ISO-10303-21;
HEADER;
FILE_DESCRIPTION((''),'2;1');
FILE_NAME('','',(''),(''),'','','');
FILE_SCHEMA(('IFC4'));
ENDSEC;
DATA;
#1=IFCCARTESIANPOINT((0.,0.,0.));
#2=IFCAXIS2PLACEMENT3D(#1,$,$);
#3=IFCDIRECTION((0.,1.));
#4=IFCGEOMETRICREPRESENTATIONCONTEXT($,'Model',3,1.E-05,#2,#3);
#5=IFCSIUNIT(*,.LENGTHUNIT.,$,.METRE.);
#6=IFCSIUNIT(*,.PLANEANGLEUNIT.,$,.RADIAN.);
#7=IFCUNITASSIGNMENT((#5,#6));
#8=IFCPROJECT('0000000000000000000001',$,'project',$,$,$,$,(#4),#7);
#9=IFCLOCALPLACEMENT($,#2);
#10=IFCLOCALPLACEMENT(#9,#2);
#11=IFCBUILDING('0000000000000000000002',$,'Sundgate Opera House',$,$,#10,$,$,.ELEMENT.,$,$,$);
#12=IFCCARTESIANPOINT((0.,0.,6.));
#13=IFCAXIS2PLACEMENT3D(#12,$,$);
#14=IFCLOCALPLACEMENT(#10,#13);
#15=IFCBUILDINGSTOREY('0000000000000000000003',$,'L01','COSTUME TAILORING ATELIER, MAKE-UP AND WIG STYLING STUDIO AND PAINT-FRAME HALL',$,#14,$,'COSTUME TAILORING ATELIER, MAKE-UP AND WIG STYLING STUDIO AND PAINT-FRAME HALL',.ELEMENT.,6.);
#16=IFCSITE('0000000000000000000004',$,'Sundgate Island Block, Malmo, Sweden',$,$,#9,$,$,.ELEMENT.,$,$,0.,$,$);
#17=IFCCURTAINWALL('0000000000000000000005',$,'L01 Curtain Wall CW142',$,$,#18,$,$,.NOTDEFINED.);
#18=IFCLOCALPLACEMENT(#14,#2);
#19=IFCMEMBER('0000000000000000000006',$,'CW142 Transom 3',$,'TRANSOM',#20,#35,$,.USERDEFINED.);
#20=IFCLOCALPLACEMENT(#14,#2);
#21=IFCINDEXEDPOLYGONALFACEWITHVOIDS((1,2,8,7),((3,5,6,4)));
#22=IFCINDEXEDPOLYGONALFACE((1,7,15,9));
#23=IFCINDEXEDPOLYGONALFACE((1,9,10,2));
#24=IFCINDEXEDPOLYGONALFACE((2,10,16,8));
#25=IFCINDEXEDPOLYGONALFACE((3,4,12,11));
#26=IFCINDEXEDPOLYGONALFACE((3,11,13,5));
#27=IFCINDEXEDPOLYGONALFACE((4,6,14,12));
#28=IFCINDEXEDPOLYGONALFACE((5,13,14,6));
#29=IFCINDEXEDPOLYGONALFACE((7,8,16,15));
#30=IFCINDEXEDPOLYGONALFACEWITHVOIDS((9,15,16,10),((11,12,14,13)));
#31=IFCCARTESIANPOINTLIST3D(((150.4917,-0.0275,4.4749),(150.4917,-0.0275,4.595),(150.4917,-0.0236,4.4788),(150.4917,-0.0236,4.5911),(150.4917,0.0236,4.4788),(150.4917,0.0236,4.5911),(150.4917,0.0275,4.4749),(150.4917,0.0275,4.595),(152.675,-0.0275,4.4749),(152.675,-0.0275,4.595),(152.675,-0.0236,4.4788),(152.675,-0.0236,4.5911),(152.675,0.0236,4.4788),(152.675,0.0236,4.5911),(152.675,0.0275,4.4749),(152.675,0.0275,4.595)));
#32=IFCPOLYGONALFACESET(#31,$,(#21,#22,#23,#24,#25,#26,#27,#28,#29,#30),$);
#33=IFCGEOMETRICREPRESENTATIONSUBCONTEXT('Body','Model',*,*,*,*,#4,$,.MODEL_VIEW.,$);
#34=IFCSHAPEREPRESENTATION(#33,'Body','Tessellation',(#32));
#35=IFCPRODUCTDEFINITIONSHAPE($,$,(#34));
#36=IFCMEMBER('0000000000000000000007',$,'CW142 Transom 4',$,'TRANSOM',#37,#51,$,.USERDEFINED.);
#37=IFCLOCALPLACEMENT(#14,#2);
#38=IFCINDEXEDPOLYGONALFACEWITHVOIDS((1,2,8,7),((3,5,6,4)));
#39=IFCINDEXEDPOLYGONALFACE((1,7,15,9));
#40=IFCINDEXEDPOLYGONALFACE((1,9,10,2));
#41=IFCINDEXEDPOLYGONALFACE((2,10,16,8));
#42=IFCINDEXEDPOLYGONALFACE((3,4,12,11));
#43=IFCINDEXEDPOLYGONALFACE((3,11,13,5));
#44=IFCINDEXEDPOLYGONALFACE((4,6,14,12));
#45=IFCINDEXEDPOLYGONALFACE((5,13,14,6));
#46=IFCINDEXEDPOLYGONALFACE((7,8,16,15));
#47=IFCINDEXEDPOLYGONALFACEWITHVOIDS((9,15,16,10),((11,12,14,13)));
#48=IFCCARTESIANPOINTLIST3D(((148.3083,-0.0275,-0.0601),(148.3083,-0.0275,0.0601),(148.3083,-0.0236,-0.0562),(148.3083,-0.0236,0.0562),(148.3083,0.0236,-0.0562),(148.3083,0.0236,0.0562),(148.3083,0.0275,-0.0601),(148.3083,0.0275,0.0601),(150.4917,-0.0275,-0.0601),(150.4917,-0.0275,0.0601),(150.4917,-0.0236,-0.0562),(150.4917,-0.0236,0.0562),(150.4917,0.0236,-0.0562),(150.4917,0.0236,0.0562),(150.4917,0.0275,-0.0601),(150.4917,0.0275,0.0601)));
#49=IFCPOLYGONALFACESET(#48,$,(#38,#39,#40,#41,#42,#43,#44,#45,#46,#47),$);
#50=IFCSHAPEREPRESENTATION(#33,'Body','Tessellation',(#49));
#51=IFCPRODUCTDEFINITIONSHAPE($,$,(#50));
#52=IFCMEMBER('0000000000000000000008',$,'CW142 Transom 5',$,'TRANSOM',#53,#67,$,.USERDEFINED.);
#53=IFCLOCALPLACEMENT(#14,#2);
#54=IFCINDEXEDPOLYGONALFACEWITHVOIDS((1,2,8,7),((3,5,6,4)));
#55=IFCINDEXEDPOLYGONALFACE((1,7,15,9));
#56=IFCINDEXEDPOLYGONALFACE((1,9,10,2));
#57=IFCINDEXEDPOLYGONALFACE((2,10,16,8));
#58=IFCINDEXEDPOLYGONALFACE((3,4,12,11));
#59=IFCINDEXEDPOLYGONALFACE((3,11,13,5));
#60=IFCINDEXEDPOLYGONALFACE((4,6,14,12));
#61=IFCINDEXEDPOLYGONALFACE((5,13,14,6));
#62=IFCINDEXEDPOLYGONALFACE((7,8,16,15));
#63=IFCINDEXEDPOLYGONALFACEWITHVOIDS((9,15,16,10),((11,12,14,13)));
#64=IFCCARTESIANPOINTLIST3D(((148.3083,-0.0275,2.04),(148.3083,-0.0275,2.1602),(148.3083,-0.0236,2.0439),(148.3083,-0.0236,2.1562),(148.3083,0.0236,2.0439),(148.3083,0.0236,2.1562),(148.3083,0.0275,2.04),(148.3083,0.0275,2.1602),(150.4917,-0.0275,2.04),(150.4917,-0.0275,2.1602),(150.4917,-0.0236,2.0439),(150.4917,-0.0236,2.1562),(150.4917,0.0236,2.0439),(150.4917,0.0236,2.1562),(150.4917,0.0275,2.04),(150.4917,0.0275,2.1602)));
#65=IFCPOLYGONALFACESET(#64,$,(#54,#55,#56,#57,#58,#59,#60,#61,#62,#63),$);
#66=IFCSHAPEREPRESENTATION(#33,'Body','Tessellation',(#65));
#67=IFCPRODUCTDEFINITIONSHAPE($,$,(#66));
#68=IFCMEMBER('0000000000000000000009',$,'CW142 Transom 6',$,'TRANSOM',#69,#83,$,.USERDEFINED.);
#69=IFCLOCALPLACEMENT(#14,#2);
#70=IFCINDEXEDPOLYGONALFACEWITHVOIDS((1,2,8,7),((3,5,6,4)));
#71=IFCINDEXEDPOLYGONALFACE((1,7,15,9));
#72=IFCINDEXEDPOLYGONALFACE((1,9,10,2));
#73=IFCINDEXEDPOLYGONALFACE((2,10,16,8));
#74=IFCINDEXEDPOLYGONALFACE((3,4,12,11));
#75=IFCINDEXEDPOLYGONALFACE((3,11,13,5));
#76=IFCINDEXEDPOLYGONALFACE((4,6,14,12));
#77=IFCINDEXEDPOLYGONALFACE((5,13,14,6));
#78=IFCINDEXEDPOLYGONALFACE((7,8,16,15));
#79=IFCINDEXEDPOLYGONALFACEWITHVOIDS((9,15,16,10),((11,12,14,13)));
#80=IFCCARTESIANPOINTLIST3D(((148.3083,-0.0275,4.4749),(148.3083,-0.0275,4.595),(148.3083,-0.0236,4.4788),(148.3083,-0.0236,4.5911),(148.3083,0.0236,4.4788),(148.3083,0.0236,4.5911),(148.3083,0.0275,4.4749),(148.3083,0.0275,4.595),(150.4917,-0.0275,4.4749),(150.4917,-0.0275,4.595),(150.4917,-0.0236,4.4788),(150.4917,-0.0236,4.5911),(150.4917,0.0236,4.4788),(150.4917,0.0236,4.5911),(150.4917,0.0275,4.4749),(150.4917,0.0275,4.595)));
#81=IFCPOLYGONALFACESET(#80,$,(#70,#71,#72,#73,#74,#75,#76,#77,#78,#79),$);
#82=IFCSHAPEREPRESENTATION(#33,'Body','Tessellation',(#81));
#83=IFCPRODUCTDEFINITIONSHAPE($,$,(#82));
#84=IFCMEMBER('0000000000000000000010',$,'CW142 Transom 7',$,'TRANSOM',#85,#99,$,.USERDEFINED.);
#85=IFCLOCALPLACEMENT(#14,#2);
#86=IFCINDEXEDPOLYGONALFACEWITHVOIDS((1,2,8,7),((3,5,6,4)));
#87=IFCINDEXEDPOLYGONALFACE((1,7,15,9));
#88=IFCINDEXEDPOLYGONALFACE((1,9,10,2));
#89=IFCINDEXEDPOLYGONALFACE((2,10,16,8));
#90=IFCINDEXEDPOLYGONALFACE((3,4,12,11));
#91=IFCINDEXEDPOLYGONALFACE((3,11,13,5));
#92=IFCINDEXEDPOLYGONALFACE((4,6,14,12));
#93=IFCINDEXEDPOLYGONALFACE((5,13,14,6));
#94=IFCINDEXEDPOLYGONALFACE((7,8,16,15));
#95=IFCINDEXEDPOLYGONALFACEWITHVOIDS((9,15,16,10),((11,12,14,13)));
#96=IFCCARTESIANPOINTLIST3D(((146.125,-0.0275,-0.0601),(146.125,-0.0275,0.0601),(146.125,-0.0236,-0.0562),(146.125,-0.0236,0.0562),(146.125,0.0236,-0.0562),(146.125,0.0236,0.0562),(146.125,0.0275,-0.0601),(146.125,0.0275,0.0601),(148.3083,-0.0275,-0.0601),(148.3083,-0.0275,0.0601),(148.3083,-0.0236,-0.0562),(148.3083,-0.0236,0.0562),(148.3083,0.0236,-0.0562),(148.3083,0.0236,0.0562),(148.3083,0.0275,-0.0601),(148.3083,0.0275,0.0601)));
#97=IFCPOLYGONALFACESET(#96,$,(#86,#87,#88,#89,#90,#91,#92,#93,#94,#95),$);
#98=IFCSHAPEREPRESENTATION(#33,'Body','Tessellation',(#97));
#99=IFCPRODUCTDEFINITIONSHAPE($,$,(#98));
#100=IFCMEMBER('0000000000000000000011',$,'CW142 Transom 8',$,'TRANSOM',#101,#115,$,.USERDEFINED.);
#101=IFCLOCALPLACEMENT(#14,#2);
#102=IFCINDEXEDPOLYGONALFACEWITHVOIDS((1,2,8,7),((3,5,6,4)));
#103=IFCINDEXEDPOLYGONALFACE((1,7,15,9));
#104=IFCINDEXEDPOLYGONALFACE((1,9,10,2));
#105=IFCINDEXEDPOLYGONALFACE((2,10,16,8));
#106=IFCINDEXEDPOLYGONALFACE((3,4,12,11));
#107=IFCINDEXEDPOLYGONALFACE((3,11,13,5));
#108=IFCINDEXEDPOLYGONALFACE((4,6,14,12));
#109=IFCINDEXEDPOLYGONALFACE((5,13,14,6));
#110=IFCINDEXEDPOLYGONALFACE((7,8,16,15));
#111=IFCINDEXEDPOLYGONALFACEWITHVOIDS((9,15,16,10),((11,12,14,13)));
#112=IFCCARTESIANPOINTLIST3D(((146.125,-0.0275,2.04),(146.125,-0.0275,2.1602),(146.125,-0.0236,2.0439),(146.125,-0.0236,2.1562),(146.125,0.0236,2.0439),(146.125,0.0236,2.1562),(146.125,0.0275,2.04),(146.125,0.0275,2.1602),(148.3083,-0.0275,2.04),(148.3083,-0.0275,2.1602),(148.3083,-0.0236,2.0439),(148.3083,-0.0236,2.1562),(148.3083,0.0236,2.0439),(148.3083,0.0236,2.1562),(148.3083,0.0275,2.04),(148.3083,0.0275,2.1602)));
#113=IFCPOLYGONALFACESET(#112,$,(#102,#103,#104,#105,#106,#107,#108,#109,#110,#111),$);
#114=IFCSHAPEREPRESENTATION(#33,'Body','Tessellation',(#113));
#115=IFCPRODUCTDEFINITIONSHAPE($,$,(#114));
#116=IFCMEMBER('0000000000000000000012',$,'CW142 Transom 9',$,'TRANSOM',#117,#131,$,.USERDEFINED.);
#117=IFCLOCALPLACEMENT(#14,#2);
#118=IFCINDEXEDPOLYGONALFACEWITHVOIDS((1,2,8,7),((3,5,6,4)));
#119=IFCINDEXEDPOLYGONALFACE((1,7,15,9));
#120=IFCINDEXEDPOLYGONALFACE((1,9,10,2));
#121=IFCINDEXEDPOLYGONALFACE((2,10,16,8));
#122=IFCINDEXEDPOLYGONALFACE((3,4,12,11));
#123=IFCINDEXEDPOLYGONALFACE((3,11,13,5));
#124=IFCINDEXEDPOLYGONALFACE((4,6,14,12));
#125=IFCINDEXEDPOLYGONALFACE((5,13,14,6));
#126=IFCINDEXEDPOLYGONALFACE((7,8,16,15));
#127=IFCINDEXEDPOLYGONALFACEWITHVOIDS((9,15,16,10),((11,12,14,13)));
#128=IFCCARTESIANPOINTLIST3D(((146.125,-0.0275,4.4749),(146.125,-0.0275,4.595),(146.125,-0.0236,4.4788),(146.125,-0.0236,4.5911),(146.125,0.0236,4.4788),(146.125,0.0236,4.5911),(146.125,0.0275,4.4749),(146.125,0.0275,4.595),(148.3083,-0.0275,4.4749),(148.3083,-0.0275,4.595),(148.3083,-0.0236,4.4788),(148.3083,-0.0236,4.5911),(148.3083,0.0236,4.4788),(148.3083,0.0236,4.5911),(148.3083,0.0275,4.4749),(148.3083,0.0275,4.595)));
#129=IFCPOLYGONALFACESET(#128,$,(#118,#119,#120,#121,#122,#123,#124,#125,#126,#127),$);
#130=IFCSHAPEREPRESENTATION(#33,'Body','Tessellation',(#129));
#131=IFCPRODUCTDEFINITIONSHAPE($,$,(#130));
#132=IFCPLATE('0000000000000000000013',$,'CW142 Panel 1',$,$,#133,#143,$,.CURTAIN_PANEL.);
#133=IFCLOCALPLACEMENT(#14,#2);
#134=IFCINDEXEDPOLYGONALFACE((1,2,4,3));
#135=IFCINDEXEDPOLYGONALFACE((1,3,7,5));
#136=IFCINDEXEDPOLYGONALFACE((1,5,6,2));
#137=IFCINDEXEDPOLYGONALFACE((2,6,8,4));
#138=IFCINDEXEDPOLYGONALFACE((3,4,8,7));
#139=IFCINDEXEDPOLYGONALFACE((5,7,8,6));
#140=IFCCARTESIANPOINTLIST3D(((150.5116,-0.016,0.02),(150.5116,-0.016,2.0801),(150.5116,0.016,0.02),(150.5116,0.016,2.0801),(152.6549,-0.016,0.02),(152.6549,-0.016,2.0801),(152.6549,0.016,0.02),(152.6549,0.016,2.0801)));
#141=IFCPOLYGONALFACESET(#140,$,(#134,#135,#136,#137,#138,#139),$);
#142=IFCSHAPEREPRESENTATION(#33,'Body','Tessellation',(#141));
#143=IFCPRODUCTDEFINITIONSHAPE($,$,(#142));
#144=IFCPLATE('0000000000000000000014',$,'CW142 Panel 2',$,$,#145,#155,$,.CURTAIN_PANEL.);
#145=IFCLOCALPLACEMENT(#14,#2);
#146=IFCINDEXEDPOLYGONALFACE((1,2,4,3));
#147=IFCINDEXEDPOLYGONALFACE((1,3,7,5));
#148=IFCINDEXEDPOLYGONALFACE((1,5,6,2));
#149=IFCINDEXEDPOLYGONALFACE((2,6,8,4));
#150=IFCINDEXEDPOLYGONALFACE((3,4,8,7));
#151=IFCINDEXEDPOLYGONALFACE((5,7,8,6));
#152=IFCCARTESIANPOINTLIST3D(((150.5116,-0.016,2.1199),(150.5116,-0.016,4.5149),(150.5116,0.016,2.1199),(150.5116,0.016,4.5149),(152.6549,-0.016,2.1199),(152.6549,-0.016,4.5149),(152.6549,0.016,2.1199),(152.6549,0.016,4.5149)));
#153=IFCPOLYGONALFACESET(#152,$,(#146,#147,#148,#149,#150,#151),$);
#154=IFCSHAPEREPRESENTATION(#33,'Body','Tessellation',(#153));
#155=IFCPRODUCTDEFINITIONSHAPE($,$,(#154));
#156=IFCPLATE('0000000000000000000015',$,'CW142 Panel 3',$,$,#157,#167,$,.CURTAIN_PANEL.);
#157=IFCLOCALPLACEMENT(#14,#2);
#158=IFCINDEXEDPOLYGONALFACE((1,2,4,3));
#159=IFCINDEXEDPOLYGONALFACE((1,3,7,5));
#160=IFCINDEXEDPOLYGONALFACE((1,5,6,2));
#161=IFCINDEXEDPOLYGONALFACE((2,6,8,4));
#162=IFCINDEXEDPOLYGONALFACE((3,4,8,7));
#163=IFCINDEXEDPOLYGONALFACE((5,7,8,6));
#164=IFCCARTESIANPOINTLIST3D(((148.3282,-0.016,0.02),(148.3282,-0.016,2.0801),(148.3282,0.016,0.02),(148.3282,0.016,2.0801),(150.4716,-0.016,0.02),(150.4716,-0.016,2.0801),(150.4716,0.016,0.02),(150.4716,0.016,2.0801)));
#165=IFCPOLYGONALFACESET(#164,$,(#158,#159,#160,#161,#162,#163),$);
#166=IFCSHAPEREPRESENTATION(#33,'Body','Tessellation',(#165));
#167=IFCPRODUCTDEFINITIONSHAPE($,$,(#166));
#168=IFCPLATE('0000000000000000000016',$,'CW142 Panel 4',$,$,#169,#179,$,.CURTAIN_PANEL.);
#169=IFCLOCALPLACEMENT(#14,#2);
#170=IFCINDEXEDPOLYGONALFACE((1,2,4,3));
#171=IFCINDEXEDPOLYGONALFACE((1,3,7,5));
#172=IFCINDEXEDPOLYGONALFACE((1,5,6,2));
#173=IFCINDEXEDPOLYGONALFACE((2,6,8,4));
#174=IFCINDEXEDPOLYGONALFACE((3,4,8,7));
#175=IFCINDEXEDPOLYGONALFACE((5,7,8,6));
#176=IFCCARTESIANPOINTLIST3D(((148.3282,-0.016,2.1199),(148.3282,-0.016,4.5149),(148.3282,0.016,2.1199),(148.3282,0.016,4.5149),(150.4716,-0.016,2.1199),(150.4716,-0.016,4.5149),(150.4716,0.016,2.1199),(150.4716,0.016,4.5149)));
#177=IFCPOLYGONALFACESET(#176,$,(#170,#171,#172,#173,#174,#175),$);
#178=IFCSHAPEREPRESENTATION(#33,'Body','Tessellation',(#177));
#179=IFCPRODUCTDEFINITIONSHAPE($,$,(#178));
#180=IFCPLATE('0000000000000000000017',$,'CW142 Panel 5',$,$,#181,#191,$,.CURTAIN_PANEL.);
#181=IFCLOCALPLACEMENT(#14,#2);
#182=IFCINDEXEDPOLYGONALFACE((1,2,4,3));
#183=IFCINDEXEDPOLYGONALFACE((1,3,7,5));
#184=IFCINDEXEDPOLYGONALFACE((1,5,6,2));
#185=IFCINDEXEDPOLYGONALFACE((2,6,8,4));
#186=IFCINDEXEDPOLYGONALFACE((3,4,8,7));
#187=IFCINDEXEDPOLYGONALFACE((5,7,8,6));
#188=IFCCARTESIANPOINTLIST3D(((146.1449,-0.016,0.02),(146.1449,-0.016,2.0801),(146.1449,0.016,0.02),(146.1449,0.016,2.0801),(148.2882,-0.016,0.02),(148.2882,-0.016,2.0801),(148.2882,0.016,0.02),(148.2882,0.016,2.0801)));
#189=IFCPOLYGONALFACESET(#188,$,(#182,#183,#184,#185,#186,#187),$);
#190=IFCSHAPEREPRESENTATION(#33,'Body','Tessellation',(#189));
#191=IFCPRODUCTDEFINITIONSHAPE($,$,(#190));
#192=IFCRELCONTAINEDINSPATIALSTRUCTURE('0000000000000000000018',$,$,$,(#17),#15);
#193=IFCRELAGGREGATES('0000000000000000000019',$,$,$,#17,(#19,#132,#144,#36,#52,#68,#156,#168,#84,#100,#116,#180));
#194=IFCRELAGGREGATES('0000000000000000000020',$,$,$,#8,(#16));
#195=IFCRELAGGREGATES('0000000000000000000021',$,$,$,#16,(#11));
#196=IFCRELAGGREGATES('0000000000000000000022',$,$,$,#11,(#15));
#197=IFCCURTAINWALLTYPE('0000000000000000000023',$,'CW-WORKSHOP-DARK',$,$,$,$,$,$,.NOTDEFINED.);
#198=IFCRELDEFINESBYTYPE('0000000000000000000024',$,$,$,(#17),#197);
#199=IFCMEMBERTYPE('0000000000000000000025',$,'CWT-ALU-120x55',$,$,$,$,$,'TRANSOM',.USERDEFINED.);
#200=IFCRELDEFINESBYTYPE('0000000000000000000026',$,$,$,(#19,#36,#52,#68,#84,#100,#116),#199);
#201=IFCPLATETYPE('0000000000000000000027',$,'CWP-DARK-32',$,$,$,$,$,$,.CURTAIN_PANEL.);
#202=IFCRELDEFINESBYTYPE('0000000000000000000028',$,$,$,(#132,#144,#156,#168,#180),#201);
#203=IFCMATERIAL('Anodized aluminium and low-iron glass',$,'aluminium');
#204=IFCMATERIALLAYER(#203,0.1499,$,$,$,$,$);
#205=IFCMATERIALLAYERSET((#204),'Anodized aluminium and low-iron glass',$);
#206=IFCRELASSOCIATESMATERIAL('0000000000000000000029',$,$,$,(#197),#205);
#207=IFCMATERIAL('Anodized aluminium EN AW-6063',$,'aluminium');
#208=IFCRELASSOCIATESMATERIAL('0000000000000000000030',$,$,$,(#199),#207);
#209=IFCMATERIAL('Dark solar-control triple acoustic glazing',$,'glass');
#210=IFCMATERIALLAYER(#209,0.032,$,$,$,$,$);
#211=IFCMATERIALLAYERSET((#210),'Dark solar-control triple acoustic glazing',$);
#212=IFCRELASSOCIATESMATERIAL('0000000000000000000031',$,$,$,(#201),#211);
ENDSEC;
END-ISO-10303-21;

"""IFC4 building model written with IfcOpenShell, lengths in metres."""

from ifc_helpers import new_model, si_unit, direction, frame, origin, origin_2d, place, context, subcontext, project, spatial, rectangle, hollow_rectangle, extrude, material, layer, layer_set, material_profile, profile_set, type_object, element, aggregate, save


model = new_model("IFC4")

# Units and contexts
model_context = context("Model", 3, precision=1e-05, world=origin(), true_north=direction((0.0, 1.0)))
body_context = subcontext(model_context, "Body", "Model", "MODEL_VIEW")
ifc_project = project(units=[si_unit("LENGTHUNIT", "METRE"), si_unit("PLANEANGLEUNIT", "RADIAN")], contexts=[model_context])

# Site, building, storey
site_placement = place(None, origin())
site = spatial("IfcSite", under=ifc_project, at=site_placement, Name="Sundgate Island Block, Malmo, Sweden", CompositionType="ELEMENT", RefElevation=0.0)
building_placement = place(site_placement, origin())
building = spatial("IfcBuilding", under=site, at=building_placement, Name="Sundgate Opera House", CompositionType="ELEMENT")
storey_placement = place(building_placement, frame((0.0, 0.0, 6.0)))
storey = spatial("IfcBuildingStorey", under=building, at=storey_placement, Name="L01", Description="COSTUME TAILORING ATELIER, MAKE-UP AND WIG STYLING STUDIO AND PAINT-FRAME HALL", LongName="COSTUME TAILORING ATELIER, MAKE-UP AND WIG STYLING STUDIO AND PAINT-FRAME HALL", CompositionType="ELEMENT", Elevation=6.0)

# Curtain wall, members, plates
ifc_material_1 = material(Name="Anodized aluminium and low-iron glass", Category="aluminium")
ifc_layer_1 = layer(ifc_material_1, 0.1499)
ifc_layer_set_1 = layer_set([ifc_layer_1], Name="Anodized aluminium and low-iron glass")
curtain_wall_type = type_object("IfcCurtainWallType", Name="CW-WORKSHOP-DARK", PredefinedType="NOTDEFINED", material=ifc_layer_set_1)
curtain_wall_placement = place(storey_placement, origin())
curtain_wall = element("IfcCurtainWall", 1, at=curtain_wall_placement, inside=storey, type_object=curtain_wall_type, Name="L01 Curtain Wall CW142", PredefinedType="NOTDEFINED")
ifc_material_2 = material(Name="Anodized aluminium EN AW-6063", Category="aluminium")
ifc_material_profile_1 = material_profile(ifc_material_2, hollow_rectangle(XDim=0.0549, YDim=0.1201, WallThickness=0.0039, at=origin_2d()), Name="CWT 120x55x4")
ifc_profile_set_1 = profile_set([ifc_material_profile_1], Name="Anodized aluminium EN AW-6063")
member_type_1 = type_object("IfcMemberType", Name="CWT-ALU-120x55", ElementType="TRANSOM", PredefinedType="USERDEFINED", material=ifc_profile_set_1)
member_1_placement = place(storey_placement, frame((152.675, 0.0, 4.5349), z_axis=(-1.0, 0.0, 0.0), x_axis=(0.0, -1.0, 0.0)))
member_1 = element("IfcMember", 2, at=member_1_placement, type_object=member_type_1, Name="CW142 Transom 3", ObjectType="TRANSOM", PredefinedType="USERDEFINED", context=body_context, shape_type="SweptSolid", body=[
    extrude(hollow_rectangle(XDim=0.0549, YDim=0.1201, WallThickness=0.0039, at=origin_2d()), origin(), (0.0, 0.0, 1.0), 2.1833),
])
member_2_placement = place(storey_placement, frame((150.4917, 0.0, 0.0), z_axis=(-1.0, 0.0, 0.0), x_axis=(0.0, -1.0, 0.0)))
member_2 = element("IfcMember", 3, at=member_2_placement, type_object=member_type_1, Name="CW142 Transom 4", ObjectType="TRANSOM", PredefinedType="USERDEFINED", context=body_context, shape_type="SweptSolid", body=[
    extrude(hollow_rectangle(XDim=0.0549, YDim=0.1201, WallThickness=0.0039, at=origin_2d()), origin(), (0.0, 0.0, 1.0), 2.1833),
])
member_3_placement = place(storey_placement, frame((150.4917, 0.0, 2.1001), z_axis=(-1.0, 0.0, 0.0), x_axis=(0.0, -1.0, 0.0)))
member_3 = element("IfcMember", 4, at=member_3_placement, type_object=member_type_1, Name="CW142 Transom 5", ObjectType="TRANSOM", PredefinedType="USERDEFINED", context=body_context, shape_type="SweptSolid", body=[
    extrude(hollow_rectangle(XDim=0.0549, YDim=0.1201, WallThickness=0.0039, at=origin_2d()), origin(), (0.0, 0.0, 1.0), 2.1833),
])
member_4_placement = place(storey_placement, frame((150.4917, 0.0, 4.5349), z_axis=(-1.0, 0.0, 0.0), x_axis=(0.0, -1.0, 0.0)))
member_4 = element("IfcMember", 5, at=member_4_placement, type_object=member_type_1, Name="CW142 Transom 6", ObjectType="TRANSOM", PredefinedType="USERDEFINED", context=body_context, shape_type="SweptSolid", body=[
    extrude(hollow_rectangle(XDim=0.0549, YDim=0.1201, WallThickness=0.0039, at=origin_2d()), origin(), (0.0, 0.0, 1.0), 2.1833),
])
member_5_placement = place(storey_placement, frame((148.3083, 0.0, 0.0), z_axis=(-1.0, 0.0, 0.0), x_axis=(0.0, -1.0, 0.0)))
member_5 = element("IfcMember", 6, at=member_5_placement, type_object=member_type_1, Name="CW142 Transom 7", ObjectType="TRANSOM", PredefinedType="USERDEFINED", context=body_context, shape_type="SweptSolid", body=[
    extrude(hollow_rectangle(XDim=0.0549, YDim=0.1201, WallThickness=0.0039, at=origin_2d()), origin(), (0.0, 0.0, 1.0), 2.1833),
])
member_6_placement = place(storey_placement, frame((148.3083, 0.0, 2.1001), z_axis=(-1.0, 0.0, 0.0), x_axis=(0.0, -1.0, 0.0)))
member_6 = element("IfcMember", 7, at=member_6_placement, type_object=member_type_1, Name="CW142 Transom 8", ObjectType="TRANSOM", PredefinedType="USERDEFINED", context=body_context, shape_type="SweptSolid", body=[
    extrude(hollow_rectangle(XDim=0.0549, YDim=0.1201, WallThickness=0.0039, at=origin_2d()), origin(), (0.0, 0.0, 1.0), 2.1833),
])
member_7_placement = place(storey_placement, frame((148.3083, 0.0, 4.5349), z_axis=(-1.0, 0.0, 0.0), x_axis=(0.0, -1.0, 0.0)))
member_7 = element("IfcMember", 8, at=member_7_placement, type_object=member_type_1, Name="CW142 Transom 9", ObjectType="TRANSOM", PredefinedType="USERDEFINED", context=body_context, shape_type="SweptSolid", body=[
    extrude(hollow_rectangle(XDim=0.0549, YDim=0.1201, WallThickness=0.0039, at=origin_2d()), origin(), (0.0, 0.0, 1.0), 2.1833),
])
ifc_material_3 = material(Name="Dark solar-control triple acoustic glazing", Category="glass")
ifc_layer_2 = layer(ifc_material_3, 0.032)
ifc_layer_set_2 = layer_set([ifc_layer_2], Name="Dark solar-control triple acoustic glazing")
plate_type = type_object("IfcPlateType", Name="CWP-DARK-32", PredefinedType="CURTAIN_PANEL", material=ifc_layer_set_2)
plate_1_placement = place(storey_placement, frame((151.5833, 0.0, 0.02), z_axis=(0.0, 0.0, 1.0), x_axis=(-1.0, 0.0, 0.0)))
plate_1 = element("IfcPlate", 9, at=plate_1_placement, type_object=plate_type, Name="CW142 Panel 1", PredefinedType="CURTAIN_PANEL", context=body_context, shape_type="SweptSolid", body=[
    extrude(rectangle(XDim=2.1433, YDim=0.032, at=origin_2d()), origin(), (0.0, 0.0, 1.0), 2.0601),
])
plate_2_placement = place(storey_placement, frame((151.5833, 0.0, 2.1199), z_axis=(0.0, 0.0, 1.0), x_axis=(-1.0, 0.0, 0.0)))
plate_2 = element("IfcPlate", 10, at=plate_2_placement, type_object=plate_type, Name="CW142 Panel 2", PredefinedType="CURTAIN_PANEL", context=body_context, shape_type="SweptSolid", body=[
    extrude(rectangle(XDim=2.1433, YDim=0.032, at=origin_2d()), origin(), (0.0, 0.0, 1.0), 2.395),
])
plate_3_placement = place(storey_placement, frame((149.3999, 0.0, 0.02), z_axis=(0.0, 0.0, 1.0), x_axis=(-1.0, 0.0, 0.0)))
plate_3 = element("IfcPlate", 11, at=plate_3_placement, type_object=plate_type, Name="CW142 Panel 3", PredefinedType="CURTAIN_PANEL", context=body_context, shape_type="SweptSolid", body=[
    extrude(rectangle(XDim=2.1433, YDim=0.032, at=origin_2d()), origin(), (0.0, 0.0, 1.0), 2.0601),
])
plate_4_placement = place(storey_placement, frame((149.3999, 0.0, 2.1199), z_axis=(0.0, 0.0, 1.0), x_axis=(-1.0, 0.0, 0.0)))
plate_4 = element("IfcPlate", 12, at=plate_4_placement, type_object=plate_type, Name="CW142 Panel 4", PredefinedType="CURTAIN_PANEL", context=body_context, shape_type="SweptSolid", body=[
    extrude(rectangle(XDim=2.1433, YDim=0.032, at=origin_2d()), origin(), (0.0, 0.0, 1.0), 2.395),
])
plate_5_placement = place(storey_placement, frame((147.2166, 0.0, 0.02), z_axis=(0.0, 0.0, 1.0), x_axis=(-1.0, 0.0, 0.0)))
plate_5 = element("IfcPlate", 13, at=plate_5_placement, type_object=plate_type, Name="CW142 Panel 5", PredefinedType="CURTAIN_PANEL", context=body_context, shape_type="SweptSolid", body=[
    extrude(rectangle(XDim=2.1433, YDim=0.032, at=origin_2d()), origin(), (0.0, 0.0, 1.0), 2.0601),
])
aggregate(curtain_wall, [member_1, plate_1, plate_2, member_2, member_3, member_4, plate_3, plate_4, member_5, member_6, member_7, plate_5])

save(model, "model.ifc")
